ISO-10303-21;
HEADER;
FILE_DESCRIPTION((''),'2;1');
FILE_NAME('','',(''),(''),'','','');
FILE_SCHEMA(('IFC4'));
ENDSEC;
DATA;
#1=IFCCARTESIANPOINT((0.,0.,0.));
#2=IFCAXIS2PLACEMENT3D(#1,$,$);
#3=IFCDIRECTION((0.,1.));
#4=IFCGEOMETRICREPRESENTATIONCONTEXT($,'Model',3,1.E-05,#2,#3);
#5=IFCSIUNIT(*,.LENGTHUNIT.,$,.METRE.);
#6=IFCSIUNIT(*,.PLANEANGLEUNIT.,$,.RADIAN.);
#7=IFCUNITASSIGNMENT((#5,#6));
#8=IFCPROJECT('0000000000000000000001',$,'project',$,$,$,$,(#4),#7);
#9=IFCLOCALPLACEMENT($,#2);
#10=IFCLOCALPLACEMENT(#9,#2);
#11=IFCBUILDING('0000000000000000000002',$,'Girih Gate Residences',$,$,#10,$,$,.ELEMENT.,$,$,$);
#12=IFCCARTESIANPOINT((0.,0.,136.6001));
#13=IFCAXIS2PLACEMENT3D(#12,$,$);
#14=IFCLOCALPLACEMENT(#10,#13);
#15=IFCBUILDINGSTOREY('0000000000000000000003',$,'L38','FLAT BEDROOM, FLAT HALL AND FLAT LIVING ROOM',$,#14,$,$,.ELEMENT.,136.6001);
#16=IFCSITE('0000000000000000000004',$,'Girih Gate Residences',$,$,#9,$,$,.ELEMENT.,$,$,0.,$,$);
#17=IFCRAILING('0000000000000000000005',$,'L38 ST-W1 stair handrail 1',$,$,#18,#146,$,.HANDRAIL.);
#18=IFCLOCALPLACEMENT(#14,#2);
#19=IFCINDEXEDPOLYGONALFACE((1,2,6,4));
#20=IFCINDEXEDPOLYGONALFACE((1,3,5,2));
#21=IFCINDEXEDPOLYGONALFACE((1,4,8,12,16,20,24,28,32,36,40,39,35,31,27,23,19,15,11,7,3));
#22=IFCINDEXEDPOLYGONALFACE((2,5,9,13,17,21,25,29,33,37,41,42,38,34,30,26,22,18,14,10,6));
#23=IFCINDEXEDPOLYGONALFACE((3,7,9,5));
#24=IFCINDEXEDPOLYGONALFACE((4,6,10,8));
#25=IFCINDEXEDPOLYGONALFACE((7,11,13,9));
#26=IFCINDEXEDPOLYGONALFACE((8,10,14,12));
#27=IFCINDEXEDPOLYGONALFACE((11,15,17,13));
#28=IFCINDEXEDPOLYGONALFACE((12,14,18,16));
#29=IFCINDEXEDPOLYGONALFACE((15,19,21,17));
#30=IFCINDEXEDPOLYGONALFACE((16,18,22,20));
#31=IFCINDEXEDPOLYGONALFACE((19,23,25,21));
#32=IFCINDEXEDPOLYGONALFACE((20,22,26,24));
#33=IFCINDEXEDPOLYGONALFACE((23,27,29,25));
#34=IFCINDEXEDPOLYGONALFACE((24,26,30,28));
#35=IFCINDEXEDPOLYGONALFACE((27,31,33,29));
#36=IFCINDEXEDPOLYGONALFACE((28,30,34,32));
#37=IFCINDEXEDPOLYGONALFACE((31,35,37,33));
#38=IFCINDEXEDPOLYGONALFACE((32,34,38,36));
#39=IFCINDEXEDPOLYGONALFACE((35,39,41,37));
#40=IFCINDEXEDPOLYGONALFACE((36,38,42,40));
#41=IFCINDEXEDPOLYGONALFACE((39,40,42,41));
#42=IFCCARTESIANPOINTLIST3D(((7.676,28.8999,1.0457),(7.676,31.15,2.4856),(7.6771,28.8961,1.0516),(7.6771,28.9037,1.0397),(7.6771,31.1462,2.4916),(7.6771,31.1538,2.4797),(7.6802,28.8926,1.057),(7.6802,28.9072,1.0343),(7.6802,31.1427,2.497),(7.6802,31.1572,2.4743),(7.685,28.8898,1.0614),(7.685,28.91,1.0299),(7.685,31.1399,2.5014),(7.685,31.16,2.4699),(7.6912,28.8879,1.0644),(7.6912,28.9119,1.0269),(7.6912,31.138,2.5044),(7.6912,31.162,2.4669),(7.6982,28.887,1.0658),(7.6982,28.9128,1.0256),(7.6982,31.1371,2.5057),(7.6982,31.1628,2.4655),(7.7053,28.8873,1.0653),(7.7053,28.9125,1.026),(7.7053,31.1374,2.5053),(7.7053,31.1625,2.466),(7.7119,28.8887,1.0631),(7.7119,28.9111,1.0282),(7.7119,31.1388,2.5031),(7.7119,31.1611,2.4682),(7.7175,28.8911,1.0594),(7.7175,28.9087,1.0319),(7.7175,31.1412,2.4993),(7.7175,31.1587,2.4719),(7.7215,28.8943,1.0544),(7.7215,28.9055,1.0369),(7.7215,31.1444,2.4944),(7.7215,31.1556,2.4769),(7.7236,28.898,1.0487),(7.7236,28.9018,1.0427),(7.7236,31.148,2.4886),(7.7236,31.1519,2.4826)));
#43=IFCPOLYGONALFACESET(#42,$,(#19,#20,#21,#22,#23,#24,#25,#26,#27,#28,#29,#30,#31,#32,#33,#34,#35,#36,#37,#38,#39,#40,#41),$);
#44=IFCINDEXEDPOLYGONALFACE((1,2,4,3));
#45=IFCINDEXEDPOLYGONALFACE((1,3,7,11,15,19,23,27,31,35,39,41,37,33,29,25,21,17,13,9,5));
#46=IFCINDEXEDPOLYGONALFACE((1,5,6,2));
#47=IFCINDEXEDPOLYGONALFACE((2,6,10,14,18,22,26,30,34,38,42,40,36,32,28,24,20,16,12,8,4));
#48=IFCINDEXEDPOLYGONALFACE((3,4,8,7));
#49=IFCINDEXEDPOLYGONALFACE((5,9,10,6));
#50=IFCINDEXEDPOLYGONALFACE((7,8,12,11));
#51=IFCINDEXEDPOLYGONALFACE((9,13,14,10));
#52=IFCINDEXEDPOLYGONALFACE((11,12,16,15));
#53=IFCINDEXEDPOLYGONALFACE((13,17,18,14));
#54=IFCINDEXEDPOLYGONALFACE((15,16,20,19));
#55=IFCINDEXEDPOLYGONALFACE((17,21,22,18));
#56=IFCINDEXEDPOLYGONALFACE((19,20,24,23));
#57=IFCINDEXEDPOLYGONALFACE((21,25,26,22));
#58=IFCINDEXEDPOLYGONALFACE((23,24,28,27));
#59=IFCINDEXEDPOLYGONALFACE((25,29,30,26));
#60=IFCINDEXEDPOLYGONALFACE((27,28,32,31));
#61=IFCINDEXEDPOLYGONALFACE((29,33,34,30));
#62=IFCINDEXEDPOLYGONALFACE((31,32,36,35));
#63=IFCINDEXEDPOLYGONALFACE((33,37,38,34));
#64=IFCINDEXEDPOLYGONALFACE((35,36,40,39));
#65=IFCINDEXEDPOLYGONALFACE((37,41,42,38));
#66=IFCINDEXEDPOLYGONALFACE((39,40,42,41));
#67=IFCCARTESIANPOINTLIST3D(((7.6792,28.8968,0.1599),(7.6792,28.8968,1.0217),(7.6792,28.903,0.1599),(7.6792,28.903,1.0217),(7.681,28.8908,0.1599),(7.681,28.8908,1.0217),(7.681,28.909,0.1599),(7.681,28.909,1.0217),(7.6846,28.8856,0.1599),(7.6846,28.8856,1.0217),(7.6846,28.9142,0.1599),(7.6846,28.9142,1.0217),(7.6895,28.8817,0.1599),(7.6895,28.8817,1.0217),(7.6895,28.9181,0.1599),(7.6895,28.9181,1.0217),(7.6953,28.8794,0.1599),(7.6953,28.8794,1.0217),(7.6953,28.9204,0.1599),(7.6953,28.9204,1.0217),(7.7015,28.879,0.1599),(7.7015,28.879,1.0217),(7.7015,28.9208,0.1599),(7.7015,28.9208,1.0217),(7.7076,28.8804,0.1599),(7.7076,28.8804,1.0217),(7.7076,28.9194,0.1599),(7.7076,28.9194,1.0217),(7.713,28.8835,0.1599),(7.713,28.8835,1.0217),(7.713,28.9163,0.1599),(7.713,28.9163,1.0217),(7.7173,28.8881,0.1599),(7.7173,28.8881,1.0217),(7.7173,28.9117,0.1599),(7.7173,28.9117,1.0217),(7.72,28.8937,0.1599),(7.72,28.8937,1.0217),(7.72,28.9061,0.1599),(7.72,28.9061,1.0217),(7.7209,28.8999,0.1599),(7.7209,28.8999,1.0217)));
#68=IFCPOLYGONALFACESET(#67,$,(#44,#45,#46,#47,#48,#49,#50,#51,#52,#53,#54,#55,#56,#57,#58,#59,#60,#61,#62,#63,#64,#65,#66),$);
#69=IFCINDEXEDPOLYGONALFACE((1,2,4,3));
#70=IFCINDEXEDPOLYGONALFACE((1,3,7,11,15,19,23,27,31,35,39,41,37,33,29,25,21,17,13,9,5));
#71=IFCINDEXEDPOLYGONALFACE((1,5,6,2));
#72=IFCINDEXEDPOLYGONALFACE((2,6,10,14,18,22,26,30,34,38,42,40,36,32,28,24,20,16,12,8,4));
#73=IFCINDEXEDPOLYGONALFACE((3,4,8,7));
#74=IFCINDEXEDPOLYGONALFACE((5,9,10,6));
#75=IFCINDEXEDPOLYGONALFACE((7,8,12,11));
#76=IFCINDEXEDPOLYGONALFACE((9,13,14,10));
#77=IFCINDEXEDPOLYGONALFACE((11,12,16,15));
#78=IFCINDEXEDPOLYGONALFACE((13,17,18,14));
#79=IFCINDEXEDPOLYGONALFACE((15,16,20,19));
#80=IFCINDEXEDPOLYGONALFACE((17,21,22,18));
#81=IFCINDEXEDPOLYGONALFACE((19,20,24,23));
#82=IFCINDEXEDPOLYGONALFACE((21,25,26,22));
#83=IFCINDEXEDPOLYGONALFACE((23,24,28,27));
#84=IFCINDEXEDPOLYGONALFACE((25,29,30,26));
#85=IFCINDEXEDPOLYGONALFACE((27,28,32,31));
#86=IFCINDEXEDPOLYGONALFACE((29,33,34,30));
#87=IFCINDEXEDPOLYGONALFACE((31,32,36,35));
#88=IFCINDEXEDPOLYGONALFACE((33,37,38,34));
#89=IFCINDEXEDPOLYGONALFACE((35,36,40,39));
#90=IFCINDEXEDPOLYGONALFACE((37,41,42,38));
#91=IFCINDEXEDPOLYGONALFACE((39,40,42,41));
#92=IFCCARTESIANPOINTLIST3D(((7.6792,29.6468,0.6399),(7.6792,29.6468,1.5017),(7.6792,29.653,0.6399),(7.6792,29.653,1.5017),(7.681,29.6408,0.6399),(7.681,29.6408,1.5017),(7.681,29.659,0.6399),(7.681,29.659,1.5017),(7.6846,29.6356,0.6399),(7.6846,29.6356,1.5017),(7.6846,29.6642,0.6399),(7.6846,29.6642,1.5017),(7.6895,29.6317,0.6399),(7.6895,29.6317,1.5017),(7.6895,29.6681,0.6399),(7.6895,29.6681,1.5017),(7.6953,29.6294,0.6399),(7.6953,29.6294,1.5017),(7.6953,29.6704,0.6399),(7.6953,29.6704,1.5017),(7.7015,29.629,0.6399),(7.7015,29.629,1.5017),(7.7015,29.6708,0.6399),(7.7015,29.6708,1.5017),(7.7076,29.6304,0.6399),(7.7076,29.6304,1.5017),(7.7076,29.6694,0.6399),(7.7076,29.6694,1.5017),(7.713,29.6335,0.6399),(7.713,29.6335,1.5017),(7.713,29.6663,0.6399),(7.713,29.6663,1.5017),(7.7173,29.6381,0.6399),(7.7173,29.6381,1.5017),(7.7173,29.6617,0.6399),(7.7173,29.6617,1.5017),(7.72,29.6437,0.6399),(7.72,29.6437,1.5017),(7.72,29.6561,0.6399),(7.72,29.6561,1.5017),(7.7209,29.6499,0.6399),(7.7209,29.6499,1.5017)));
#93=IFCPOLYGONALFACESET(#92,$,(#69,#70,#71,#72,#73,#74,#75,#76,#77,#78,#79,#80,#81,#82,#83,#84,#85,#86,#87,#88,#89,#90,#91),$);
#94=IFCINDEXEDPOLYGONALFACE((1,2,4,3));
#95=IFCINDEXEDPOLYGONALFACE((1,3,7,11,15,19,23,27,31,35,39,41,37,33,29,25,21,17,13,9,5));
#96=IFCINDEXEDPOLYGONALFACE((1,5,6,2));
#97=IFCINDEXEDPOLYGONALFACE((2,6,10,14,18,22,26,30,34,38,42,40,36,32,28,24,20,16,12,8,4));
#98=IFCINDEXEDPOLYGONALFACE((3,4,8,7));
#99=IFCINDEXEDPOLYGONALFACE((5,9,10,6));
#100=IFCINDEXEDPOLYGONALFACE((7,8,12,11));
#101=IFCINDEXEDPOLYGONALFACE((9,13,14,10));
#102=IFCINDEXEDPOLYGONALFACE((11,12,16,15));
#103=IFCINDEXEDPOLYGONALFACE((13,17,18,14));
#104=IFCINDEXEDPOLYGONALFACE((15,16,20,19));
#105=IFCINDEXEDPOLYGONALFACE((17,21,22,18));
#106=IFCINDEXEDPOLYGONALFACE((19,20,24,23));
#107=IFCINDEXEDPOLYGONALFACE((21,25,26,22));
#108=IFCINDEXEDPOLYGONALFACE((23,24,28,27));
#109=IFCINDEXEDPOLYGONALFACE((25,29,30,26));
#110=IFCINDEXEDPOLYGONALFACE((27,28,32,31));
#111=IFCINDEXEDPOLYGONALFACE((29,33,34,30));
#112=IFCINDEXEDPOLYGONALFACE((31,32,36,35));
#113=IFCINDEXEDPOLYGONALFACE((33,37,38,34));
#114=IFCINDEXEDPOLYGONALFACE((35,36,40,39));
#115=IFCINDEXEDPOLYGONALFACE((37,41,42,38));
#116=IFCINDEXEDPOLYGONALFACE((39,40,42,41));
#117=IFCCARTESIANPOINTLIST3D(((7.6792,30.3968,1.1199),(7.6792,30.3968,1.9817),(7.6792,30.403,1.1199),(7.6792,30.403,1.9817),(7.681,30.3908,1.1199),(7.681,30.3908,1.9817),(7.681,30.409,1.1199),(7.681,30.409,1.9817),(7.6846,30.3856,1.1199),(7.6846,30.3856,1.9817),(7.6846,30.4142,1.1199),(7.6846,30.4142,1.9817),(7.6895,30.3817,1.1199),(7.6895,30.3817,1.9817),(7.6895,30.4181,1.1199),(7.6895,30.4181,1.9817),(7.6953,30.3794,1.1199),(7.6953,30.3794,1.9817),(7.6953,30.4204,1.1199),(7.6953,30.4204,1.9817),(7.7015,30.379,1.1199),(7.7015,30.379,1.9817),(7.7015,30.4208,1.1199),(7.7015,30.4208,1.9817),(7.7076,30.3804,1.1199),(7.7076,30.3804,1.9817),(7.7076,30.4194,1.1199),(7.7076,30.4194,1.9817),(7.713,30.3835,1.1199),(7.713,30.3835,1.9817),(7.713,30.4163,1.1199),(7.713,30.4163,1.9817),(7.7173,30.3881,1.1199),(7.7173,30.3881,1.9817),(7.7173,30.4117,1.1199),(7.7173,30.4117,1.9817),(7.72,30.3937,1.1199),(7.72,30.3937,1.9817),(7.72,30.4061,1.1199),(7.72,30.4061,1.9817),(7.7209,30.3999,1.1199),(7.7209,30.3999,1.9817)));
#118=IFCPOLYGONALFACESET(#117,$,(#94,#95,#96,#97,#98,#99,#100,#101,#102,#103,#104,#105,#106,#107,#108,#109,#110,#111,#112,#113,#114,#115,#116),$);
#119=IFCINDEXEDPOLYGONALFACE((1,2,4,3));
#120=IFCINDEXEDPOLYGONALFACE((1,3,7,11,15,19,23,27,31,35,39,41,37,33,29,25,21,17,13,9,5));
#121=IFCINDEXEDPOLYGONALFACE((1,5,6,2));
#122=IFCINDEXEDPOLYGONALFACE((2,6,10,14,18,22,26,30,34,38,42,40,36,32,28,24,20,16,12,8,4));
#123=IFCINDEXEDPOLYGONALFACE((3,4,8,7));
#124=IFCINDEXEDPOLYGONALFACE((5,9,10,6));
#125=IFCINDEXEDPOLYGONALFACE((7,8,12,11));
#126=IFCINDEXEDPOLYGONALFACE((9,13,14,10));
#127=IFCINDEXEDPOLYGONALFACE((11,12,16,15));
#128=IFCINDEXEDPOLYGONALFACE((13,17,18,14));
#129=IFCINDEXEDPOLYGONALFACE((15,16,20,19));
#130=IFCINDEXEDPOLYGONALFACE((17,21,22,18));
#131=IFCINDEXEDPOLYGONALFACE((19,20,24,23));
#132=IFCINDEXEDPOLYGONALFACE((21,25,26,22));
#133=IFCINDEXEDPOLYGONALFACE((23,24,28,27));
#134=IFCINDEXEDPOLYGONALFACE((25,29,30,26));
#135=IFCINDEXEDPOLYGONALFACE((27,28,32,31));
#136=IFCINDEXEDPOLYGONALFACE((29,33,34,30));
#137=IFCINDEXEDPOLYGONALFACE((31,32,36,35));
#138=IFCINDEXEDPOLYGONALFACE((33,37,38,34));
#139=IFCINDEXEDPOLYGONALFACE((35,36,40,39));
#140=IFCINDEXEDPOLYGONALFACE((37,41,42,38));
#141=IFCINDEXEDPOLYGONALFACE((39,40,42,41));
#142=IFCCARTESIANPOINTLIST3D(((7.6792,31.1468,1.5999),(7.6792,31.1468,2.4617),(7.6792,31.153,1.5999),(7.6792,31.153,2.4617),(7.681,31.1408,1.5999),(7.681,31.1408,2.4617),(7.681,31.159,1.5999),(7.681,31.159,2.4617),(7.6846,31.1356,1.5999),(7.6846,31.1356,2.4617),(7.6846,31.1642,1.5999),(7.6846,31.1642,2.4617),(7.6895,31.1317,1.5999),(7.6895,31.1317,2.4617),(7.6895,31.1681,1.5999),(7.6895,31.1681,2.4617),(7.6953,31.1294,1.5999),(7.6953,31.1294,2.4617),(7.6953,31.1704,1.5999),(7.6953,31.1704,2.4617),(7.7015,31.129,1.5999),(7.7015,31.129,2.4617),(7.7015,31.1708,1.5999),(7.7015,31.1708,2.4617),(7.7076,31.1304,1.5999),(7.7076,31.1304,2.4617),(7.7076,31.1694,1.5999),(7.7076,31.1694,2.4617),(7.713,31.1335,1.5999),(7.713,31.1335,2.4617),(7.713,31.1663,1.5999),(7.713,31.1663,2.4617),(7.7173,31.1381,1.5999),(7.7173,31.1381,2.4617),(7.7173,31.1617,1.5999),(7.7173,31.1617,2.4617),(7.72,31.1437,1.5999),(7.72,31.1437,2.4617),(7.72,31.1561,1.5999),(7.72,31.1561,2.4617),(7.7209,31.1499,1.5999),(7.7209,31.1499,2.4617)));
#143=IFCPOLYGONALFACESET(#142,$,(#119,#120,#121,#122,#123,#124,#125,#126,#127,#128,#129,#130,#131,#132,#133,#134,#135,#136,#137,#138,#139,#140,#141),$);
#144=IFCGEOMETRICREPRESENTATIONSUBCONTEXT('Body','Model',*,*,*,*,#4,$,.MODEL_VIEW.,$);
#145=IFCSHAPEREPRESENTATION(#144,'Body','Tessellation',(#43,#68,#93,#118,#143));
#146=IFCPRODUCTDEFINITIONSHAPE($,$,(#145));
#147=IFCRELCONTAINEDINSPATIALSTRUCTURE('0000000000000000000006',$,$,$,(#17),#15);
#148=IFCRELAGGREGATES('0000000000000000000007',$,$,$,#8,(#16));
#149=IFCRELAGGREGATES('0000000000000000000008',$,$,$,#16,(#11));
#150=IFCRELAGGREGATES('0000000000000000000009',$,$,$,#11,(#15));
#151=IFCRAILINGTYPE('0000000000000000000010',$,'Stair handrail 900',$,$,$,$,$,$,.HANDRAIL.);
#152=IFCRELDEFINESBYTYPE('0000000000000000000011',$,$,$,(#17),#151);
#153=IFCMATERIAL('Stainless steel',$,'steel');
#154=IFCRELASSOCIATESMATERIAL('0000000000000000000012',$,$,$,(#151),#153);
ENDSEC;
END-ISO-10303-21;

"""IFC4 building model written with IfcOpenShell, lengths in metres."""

from ifc_helpers import new_model, si_unit, direction, frame, origin, origin_2d, place, context, subcontext, project, spatial, circle, extrude, material, type_object, element, save


model = new_model("IFC4")

# Units and contexts
model_context = context("Model", 3, precision=1e-05, world=origin(), true_north=direction((0.0, 1.0)))
body_context = subcontext(model_context, "Body", "Model", "MODEL_VIEW")
ifc_project = project(units=[si_unit("LENGTHUNIT", "METRE"), si_unit("PLANEANGLEUNIT", "RADIAN")], contexts=[model_context])

# Site, building, storey
site_placement = place(None, origin())
site = spatial("IfcSite", under=ifc_project, at=site_placement, Name="Girih Gate Residences", CompositionType="ELEMENT", RefElevation=0.0)
building_placement = place(site_placement, origin())
building = spatial("IfcBuilding", under=site, at=building_placement, Name="Girih Gate Residences", CompositionType="ELEMENT")
storey_placement = place(building_placement, frame((0.0, 0.0, 136.6001)))
storey = spatial("IfcBuildingStorey", under=building, at=storey_placement, Name="L38", Description="FLAT BEDROOM, FLAT HALL AND FLAT LIVING ROOM", CompositionType="ELEMENT", Elevation=136.6001)

# Railing
ifc_material_1 = material(Name="Stainless steel", Category="steel")
railing_type_1 = type_object("IfcRailingType", Name="Stair handrail 900", PredefinedType="HANDRAIL", material=ifc_material_1)
railing_1_placement = place(storey_placement, frame((7.7, 28.8999, 0.1599)))
element("IfcRailing", 1, at=railing_1_placement, inside=storey, type_object=railing_type_1, Name="L38 ST-W1 stair handrail 1", PredefinedType="HANDRAIL", context=body_context, shape_type="SweptSolid", body=[
    extrude(circle(Radius=0.0239, at=origin_2d()), frame((0.0, 0.0, 0.8857), z_axis=(0.0, 0.842281, 0.539038), x_axis=(-1.0, 0.0, 0.0)), (0.0, 0.0, 1.0), 2.6714),
    extrude(circle(Radius=0.021, at=origin_2d()), origin(), (0.0, 0.0, 1.0), 0.8618),
    extrude(circle(Radius=0.021, at=origin_2d()), frame((0.0, 0.75, 0.48)), (0.0, 0.0, 1.0), 0.8618),
    extrude(circle(Radius=0.021, at=origin_2d()), frame((0.0, 1.5, 0.96)), (0.0, 0.0, 1.0), 0.8618),
    extrude(circle(Radius=0.021, at=origin_2d()), frame((0.0, 2.25, 1.4399)), (0.0, 0.0, 1.0), 0.8618),
])

save(model, "model.ifc")
